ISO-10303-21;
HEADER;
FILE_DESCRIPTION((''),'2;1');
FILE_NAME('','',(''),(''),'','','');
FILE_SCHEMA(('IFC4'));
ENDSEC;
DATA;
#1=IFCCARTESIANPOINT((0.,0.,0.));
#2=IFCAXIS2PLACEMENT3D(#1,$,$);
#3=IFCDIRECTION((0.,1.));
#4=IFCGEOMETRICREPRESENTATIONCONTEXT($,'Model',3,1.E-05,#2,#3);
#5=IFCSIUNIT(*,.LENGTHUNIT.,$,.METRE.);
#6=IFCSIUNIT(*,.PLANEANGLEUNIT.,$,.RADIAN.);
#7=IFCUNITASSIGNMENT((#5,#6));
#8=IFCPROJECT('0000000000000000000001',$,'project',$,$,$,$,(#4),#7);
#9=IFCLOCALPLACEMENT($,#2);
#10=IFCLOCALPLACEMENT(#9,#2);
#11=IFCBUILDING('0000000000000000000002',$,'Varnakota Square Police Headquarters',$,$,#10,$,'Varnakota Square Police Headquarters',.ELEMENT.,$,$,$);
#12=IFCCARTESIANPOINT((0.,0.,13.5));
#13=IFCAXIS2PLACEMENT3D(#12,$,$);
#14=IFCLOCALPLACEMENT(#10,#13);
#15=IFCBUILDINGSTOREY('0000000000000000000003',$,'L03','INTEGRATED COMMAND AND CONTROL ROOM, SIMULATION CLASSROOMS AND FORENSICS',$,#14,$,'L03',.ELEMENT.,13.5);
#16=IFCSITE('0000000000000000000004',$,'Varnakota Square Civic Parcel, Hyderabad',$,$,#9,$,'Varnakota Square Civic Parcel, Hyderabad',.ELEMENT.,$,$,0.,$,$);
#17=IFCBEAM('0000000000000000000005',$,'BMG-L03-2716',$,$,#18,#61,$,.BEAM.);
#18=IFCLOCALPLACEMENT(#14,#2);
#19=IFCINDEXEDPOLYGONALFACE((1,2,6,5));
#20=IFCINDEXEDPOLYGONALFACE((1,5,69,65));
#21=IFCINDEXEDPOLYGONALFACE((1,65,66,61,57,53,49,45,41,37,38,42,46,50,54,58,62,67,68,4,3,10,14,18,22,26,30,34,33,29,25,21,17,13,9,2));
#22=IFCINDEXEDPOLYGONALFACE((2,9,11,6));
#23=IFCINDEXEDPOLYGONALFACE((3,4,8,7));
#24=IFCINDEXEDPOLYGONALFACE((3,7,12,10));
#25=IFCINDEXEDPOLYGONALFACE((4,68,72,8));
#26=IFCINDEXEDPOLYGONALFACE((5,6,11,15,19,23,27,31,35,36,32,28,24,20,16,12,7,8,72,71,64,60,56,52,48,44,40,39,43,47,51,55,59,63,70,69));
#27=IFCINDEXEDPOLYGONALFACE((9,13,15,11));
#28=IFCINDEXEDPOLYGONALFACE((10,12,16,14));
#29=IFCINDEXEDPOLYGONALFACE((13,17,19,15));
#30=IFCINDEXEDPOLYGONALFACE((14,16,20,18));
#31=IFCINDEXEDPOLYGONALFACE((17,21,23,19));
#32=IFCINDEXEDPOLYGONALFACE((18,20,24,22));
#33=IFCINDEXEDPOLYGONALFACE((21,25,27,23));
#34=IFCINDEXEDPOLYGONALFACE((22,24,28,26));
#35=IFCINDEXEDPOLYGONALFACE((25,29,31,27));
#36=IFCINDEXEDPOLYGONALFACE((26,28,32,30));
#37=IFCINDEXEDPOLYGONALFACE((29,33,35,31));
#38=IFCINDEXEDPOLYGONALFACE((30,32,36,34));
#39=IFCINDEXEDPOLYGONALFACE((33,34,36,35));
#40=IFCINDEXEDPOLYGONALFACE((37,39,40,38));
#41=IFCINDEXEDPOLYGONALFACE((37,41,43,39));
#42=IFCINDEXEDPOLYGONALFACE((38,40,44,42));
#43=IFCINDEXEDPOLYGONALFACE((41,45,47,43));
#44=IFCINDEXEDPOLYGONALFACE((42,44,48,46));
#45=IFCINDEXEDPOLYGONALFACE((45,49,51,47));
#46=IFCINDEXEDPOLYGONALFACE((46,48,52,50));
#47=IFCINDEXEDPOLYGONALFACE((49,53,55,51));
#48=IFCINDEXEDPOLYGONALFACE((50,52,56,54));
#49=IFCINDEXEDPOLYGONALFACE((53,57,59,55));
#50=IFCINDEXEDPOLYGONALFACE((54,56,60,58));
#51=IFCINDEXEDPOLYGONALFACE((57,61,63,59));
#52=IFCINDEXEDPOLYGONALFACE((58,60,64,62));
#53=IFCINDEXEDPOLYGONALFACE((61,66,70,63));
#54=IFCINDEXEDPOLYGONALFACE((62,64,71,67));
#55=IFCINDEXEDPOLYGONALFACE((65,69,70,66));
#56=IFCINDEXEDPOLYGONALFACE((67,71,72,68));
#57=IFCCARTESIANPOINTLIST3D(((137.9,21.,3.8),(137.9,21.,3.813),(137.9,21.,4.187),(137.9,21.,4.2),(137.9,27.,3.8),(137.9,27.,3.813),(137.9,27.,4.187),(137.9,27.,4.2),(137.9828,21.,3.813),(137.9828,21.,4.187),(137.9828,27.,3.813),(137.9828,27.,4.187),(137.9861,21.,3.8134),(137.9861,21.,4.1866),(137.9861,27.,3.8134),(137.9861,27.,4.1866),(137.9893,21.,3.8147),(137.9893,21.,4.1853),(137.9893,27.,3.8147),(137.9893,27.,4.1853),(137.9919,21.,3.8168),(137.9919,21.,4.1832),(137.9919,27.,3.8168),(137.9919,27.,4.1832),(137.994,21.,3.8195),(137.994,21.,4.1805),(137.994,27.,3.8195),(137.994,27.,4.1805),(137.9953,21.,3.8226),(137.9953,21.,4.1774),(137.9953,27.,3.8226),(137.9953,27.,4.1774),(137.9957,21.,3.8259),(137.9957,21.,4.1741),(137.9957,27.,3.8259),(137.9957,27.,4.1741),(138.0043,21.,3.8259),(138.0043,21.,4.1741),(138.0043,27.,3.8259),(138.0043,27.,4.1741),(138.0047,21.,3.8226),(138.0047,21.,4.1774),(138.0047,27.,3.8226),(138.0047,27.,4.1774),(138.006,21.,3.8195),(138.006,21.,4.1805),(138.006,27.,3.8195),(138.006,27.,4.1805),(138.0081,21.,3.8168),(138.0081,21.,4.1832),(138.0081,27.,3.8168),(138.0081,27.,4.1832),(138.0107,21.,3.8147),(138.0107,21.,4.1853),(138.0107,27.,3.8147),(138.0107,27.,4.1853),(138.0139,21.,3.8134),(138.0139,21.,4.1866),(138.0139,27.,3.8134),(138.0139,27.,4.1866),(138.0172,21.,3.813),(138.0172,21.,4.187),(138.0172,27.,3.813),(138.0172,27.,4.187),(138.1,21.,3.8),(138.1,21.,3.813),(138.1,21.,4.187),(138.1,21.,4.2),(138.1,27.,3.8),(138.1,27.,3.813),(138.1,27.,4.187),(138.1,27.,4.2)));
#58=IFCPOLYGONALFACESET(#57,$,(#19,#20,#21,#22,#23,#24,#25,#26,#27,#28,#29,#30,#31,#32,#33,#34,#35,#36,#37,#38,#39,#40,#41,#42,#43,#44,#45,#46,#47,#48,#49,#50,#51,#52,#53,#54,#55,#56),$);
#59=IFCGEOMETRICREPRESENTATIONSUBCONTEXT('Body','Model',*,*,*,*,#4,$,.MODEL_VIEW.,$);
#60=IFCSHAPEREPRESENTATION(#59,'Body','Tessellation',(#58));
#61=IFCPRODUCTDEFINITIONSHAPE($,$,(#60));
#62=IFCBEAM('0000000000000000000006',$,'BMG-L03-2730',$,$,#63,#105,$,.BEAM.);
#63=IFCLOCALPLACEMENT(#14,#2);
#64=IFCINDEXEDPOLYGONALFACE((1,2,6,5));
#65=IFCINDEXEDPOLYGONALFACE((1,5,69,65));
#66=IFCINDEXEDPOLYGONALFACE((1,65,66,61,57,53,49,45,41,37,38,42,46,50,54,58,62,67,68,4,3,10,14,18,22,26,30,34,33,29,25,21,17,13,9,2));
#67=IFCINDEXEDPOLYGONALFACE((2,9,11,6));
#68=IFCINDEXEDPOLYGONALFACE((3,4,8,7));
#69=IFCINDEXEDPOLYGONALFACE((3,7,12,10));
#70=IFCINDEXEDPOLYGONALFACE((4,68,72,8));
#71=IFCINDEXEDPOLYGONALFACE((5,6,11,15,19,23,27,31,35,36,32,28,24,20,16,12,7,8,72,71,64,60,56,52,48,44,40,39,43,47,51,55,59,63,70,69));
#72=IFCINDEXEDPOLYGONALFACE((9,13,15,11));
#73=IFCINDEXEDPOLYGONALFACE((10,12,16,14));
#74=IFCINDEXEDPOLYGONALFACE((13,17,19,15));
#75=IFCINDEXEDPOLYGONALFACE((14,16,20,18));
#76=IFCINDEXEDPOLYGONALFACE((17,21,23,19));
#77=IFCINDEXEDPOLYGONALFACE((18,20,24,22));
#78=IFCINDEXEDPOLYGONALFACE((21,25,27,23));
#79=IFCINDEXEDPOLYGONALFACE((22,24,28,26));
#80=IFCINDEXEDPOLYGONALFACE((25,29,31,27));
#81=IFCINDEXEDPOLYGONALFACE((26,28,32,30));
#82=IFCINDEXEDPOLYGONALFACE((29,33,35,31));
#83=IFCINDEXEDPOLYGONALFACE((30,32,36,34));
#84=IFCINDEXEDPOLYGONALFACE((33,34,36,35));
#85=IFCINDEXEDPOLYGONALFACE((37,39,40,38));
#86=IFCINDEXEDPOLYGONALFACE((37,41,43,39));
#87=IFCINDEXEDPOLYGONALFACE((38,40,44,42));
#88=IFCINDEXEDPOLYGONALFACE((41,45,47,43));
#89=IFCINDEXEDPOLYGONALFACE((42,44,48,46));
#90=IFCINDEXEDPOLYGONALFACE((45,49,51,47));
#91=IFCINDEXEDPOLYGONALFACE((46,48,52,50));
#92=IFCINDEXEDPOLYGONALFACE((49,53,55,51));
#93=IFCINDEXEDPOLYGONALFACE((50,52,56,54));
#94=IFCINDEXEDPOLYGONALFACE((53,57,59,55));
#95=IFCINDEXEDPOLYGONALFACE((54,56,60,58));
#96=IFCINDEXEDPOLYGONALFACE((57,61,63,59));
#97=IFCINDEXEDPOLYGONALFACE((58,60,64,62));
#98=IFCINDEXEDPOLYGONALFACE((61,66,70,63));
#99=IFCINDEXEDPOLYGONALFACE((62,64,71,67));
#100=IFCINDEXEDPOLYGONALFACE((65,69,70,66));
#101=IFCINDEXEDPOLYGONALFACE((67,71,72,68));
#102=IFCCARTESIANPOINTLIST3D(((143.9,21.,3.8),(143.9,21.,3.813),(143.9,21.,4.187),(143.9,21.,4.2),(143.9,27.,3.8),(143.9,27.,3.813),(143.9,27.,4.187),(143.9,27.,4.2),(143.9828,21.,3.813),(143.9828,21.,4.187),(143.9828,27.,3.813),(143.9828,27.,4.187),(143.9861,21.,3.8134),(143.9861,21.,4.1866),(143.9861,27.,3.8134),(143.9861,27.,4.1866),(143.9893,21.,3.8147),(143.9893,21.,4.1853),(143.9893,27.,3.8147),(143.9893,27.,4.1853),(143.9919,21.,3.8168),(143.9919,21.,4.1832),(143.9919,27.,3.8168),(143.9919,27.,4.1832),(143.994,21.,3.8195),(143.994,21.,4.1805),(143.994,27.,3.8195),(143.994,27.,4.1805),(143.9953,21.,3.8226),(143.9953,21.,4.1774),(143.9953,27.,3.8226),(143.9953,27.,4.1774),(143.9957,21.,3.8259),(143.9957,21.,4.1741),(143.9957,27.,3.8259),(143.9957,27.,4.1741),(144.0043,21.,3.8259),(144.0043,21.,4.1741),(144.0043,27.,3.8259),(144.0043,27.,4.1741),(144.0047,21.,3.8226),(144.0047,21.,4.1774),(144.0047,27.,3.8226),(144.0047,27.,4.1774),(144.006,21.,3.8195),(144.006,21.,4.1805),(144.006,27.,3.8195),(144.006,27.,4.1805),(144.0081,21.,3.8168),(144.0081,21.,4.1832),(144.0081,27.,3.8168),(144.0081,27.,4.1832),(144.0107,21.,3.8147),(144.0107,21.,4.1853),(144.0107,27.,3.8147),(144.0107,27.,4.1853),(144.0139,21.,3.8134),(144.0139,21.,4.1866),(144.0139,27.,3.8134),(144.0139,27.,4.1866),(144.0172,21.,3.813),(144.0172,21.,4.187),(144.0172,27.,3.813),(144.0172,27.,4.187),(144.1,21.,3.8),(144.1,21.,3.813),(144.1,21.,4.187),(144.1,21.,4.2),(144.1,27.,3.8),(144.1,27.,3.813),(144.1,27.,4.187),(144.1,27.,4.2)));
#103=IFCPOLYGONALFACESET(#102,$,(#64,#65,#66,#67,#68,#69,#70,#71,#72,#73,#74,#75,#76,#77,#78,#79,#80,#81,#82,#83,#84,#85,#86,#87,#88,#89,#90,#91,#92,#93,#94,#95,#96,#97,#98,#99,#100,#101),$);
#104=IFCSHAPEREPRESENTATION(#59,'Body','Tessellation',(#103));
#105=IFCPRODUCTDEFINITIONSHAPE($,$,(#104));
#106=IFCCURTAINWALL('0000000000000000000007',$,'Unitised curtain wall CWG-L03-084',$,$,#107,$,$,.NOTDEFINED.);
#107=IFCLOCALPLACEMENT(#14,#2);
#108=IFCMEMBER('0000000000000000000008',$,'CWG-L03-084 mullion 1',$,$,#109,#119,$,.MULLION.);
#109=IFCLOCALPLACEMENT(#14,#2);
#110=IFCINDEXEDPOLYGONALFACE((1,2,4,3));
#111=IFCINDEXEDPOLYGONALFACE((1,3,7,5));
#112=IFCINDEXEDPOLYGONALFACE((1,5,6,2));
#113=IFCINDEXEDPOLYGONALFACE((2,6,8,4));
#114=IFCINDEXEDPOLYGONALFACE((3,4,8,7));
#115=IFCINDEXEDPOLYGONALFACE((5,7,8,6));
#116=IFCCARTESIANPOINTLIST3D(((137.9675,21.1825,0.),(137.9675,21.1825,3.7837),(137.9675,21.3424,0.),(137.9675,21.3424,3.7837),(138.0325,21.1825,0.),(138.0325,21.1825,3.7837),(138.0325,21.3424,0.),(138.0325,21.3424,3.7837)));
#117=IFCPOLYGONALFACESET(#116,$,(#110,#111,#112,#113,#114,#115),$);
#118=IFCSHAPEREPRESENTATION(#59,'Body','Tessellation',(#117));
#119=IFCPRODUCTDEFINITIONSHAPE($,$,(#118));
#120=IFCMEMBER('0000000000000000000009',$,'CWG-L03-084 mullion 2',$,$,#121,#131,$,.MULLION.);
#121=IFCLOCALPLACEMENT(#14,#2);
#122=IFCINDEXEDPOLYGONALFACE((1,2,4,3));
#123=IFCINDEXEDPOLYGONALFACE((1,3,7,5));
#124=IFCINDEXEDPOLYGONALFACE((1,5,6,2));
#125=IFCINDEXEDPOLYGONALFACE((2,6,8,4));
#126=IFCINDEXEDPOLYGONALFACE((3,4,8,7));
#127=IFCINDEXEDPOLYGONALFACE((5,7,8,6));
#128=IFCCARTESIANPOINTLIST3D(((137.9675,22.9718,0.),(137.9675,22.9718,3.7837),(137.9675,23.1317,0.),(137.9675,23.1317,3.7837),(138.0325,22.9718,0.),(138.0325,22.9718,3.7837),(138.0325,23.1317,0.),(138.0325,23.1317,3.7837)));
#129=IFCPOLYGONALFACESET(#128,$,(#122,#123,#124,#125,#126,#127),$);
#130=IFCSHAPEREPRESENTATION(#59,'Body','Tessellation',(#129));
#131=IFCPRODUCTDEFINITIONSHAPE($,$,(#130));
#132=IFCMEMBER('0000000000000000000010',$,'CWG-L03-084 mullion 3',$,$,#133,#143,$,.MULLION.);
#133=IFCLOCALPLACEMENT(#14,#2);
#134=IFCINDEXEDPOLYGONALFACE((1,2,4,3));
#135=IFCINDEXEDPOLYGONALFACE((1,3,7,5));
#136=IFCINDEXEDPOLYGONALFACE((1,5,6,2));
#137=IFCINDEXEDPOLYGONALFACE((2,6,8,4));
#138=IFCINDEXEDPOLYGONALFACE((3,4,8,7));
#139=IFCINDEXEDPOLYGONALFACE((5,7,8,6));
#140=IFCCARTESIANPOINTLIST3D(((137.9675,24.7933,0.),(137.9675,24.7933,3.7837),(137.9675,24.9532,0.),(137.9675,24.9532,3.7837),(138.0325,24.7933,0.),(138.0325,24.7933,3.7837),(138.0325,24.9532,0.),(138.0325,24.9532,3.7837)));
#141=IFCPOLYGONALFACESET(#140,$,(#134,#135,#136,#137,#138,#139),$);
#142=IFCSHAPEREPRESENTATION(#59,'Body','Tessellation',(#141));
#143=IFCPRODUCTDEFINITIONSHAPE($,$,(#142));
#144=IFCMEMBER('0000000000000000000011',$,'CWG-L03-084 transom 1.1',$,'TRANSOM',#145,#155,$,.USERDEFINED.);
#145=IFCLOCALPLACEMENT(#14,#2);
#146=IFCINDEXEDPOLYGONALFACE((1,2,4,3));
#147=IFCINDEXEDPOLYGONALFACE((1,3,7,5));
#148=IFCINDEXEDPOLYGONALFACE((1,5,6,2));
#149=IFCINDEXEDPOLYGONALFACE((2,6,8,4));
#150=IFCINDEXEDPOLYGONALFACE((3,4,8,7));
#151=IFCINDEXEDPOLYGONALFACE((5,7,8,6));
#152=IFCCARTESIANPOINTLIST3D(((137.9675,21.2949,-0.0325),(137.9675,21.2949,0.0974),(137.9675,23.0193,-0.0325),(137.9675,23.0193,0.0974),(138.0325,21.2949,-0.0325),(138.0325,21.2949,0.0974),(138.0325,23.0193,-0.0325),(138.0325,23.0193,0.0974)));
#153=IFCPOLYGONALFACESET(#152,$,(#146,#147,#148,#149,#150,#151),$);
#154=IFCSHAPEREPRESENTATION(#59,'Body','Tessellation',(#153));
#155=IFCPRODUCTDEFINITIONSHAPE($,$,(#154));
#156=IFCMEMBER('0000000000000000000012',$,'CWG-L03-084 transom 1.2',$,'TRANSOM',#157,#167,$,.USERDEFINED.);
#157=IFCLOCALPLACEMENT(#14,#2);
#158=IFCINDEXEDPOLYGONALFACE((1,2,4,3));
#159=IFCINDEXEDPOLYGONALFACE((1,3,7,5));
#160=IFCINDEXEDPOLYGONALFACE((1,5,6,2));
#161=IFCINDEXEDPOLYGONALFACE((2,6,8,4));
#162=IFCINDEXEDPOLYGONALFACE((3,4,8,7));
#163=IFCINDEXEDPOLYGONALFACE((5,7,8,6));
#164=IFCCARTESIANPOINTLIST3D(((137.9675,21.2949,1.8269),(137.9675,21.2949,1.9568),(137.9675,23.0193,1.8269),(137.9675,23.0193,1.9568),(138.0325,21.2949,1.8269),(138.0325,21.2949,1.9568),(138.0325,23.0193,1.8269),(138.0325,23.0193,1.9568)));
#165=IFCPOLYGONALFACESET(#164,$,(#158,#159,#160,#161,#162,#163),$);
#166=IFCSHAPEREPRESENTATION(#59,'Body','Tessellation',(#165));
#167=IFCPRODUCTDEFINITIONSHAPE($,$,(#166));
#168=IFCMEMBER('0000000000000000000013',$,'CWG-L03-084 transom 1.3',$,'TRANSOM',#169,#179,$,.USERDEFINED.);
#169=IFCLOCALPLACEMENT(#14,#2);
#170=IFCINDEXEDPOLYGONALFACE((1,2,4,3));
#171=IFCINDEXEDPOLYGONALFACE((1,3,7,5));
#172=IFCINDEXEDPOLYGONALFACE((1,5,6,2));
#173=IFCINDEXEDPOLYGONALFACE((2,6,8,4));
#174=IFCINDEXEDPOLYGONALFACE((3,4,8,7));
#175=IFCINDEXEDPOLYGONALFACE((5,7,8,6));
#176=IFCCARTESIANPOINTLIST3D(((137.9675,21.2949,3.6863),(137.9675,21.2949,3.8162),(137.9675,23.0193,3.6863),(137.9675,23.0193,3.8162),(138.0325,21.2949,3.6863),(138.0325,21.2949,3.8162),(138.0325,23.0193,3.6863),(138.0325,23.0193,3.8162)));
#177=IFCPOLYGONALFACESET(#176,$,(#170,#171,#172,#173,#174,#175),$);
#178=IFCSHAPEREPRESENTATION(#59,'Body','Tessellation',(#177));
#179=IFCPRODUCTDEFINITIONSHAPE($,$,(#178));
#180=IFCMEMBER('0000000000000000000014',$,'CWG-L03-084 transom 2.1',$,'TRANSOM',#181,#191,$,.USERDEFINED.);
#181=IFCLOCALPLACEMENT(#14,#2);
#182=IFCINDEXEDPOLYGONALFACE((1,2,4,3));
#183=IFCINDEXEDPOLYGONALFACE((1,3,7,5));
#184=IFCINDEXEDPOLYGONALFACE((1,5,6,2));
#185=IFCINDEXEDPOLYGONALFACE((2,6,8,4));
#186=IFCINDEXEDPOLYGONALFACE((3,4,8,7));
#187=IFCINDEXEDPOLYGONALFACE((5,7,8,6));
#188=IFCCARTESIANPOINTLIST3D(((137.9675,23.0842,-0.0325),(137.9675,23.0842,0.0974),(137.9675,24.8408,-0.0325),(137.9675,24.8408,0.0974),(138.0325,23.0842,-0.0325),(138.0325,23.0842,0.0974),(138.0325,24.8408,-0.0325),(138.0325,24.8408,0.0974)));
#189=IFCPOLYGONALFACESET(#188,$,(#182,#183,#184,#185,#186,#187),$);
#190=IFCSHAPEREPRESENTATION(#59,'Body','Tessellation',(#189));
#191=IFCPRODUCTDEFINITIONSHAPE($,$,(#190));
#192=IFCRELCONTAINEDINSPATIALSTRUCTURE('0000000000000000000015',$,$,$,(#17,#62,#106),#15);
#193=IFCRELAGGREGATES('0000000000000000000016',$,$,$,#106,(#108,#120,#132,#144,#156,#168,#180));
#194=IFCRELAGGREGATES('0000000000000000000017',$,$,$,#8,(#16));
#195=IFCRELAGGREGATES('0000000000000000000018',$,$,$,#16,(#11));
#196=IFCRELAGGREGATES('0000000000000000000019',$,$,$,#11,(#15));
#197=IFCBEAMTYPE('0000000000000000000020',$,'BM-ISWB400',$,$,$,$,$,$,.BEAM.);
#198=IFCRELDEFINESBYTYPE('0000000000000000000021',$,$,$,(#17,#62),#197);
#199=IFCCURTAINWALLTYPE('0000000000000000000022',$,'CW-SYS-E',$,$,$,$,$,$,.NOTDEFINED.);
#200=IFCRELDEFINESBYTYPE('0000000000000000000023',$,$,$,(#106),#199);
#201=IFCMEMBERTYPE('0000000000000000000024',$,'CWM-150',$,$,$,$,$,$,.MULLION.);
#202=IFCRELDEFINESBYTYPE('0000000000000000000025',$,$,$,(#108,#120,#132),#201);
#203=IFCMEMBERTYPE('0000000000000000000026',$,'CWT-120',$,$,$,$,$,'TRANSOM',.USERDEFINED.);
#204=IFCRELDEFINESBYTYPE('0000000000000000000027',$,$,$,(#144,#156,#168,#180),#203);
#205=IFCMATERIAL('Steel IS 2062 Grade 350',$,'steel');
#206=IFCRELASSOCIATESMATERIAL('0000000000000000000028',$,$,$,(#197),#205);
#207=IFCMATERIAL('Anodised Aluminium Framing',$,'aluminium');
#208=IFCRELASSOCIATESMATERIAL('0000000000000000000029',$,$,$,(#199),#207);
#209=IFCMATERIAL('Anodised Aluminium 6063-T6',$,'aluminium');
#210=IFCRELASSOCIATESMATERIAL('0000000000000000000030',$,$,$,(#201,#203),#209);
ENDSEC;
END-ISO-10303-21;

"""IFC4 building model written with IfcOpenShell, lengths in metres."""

from ifc_helpers import new_model, si_unit, direction, frame, origin, origin_2d, place, context, subcontext, project, spatial, rectangle, i_section, extrude, material, material_profile, profile_set, type_object, element, aggregate, save


model = new_model("IFC4")

# Units and contexts
model_context = context("Model", 3, precision=1e-05, world=origin(), true_north=direction((0.0, 1.0)))
body_context = subcontext(model_context, "Body", "Model", "MODEL_VIEW")
ifc_project = project(units=[si_unit("LENGTHUNIT", "METRE"), si_unit("PLANEANGLEUNIT", "RADIAN")], contexts=[model_context])

# Site, building, storey
site_placement = place(None, origin())
site = spatial("IfcSite", under=ifc_project, at=site_placement, Name="Varnakota Square Civic Parcel, Hyderabad", LongName="Varnakota Square Civic Parcel, Hyderabad", CompositionType="ELEMENT", RefElevation=0.0)
building_placement = place(site_placement, origin())
building = spatial("IfcBuilding", under=site, at=building_placement, Name="Varnakota Square Police Headquarters", LongName="Varnakota Square Police Headquarters", CompositionType="ELEMENT")
storey_placement = place(building_placement, frame((0.0, 0.0, 13.5)))
storey = spatial("IfcBuildingStorey", under=building, at=storey_placement, Name="L03", Description="INTEGRATED COMMAND AND CONTROL ROOM, SIMULATION CLASSROOMS AND FORENSICS", LongName="L03", CompositionType="ELEMENT", Elevation=13.5)

# Shared definitions
ifc_material_1 = material(Name="Steel IS 2062 Grade 350", Category="steel")

# Beams
ifc_material_profile_1 = material_profile(ifc_material_1, i_section(OverallWidth=0.2, OverallDepth=0.3999, WebThickness=0.0085, FlangeThickness=0.0129, FilletRadius=0.0129, at=origin_2d()), Name="ISWB 400")
ifc_profile_set_1 = profile_set([ifc_material_profile_1], Name="Steel IS 2062 Grade 350")
beam_type_1 = type_object("IfcBeamType", Name="BM-ISWB400", PredefinedType="BEAM", material=ifc_profile_set_1)
for number, where, z_axis, x_axis, name in (
    (1, (138.0, 21.0, 4.0), (0.0, 1.0, 0.0), (-1.0, 0.0, 0.0), "BMG-L03-2716"),
    (2, (144.0, 21.0, 4.0), (0.0, 1.0, 0.0), (-1.0, 0.0, 0.0), "BMG-L03-2730"),
):
    element("IfcBeam", number, at=place(storey_placement, frame(where, z_axis=z_axis, x_axis=x_axis)), inside=storey, type_object=beam_type_1, Name=name, PredefinedType="BEAM", context=body_context, shape_type="SweptSolid", body=[
        extrude(i_section(OverallWidth=0.2, OverallDepth=0.3999, WebThickness=0.0085, FlangeThickness=0.0129, FilletRadius=0.0129, at=origin_2d()), origin(), (0.0, 0.0, 1.0), 6.0),
    ])

# Curtain wall, members
ifc_material_2 = material(Name="Anodised Aluminium Framing", Category="aluminium")
curtain_wall_type = type_object("IfcCurtainWallType", Name="CW-SYS-E", PredefinedType="NOTDEFINED", material=ifc_material_2)
curtain_wall_placement = place(storey_placement, origin())
curtain_wall = element("IfcCurtainWall", 3, at=curtain_wall_placement, inside=storey, type_object=curtain_wall_type, Name="Unitised curtain wall CWG-L03-084", PredefinedType="NOTDEFINED")
ifc_material_3 = material(Name="Anodised Aluminium 6063-T6", Category="aluminium")
ifc_material_profile_2 = material_profile(ifc_material_3, rectangle(XDim=0.0649, YDim=0.1599, at=origin_2d()), Name="ALU MULLION 65x160")
ifc_profile_set_2 = profile_set([ifc_material_profile_2], Name="Anodised Aluminium 6063-T6")
member_type_1 = type_object("IfcMemberType", Name="CWM-150", PredefinedType="MULLION", material=ifc_profile_set_2)
member_1_placement = place(storey_placement, frame((138.0, 21.2625, 0.0), z_axis=(0.0, 0.0, 1.0), x_axis=(-1.0, 0.0, 0.0)))
member_1 = element("IfcMember", 4, at=member_1_placement, type_object=member_type_1, Name="CWG-L03-084 mullion 1", PredefinedType="MULLION", context=body_context, shape_type="SweptSolid", body=[
    extrude(rectangle(XDim=0.0649, YDim=0.1599, at=origin_2d()), origin(), (0.0, 0.0, 1.0), 3.7837),
])
member_2_placement = place(storey_placement, frame((138.0, 23.0518, 0.0), z_axis=(0.0, 0.0, 1.0), x_axis=(-1.0, 0.0, 0.0)))
member_2 = element("IfcMember", 5, at=member_2_placement, type_object=member_type_1, Name="CWG-L03-084 mullion 2", PredefinedType="MULLION", context=body_context, shape_type="SweptSolid", body=[
    extrude(rectangle(XDim=0.0649, YDim=0.1599, at=origin_2d()), origin(), (0.0, 0.0, 1.0), 3.7837),
])
member_3_placement = place(storey_placement, frame((138.0, 24.8733, 0.0), z_axis=(0.0, 0.0, 1.0), x_axis=(-1.0, 0.0, 0.0)))
member_3 = element("IfcMember", 6, at=member_3_placement, type_object=member_type_1, Name="CWG-L03-084 mullion 3", PredefinedType="MULLION", context=body_context, shape_type="SweptSolid", body=[
    extrude(rectangle(XDim=0.0649, YDim=0.1599, at=origin_2d()), origin(), (0.0, 0.0, 1.0), 3.7837),
])
ifc_material_profile_3 = material_profile(ifc_material_3, rectangle(XDim=0.0649, YDim=0.1299, at=origin_2d()), Name="ALU TRANSOM 65x130")
ifc_profile_set_3 = profile_set([ifc_material_profile_3], Name="Anodised Aluminium 6063-T6")
member_type_2 = type_object("IfcMemberType", Name="CWT-120", ElementType="TRANSOM", PredefinedType="USERDEFINED", material=ifc_profile_set_3)
member_4_placement = place(storey_placement, frame((138.0, 21.2949, 0.0325), z_axis=(0.0, 1.0, 0.0), x_axis=(-1.0, 0.0, 0.0)))
member_4 = element("IfcMember", 7, at=member_4_placement, type_object=member_type_2, Name="CWG-L03-084 transom 1.1", ObjectType="TRANSOM", PredefinedType="USERDEFINED", context=body_context, shape_type="SweptSolid", body=[
    extrude(rectangle(XDim=0.0649, YDim=0.1299, at=origin_2d()), origin(), (0.0, 0.0, 1.0), 1.7244),
])
member_5_placement = place(storey_placement, frame((138.0, 21.2949, 1.8918), z_axis=(0.0, 1.0, 0.0), x_axis=(-1.0, 0.0, 0.0)))
member_5 = element("IfcMember", 8, at=member_5_placement, type_object=member_type_2, Name="CWG-L03-084 transom 1.2", ObjectType="TRANSOM", PredefinedType="USERDEFINED", context=body_context, shape_type="SweptSolid", body=[
    extrude(rectangle(XDim=0.0649, YDim=0.1299, at=origin_2d()), origin(), (0.0, 0.0, 1.0), 1.7244),
])
member_6_placement = place(storey_placement, frame((138.0, 21.2949, 3.7512), z_axis=(0.0, 1.0, 0.0), x_axis=(-1.0, 0.0, 0.0)))
member_6 = element("IfcMember", 9, at=member_6_placement, type_object=member_type_2, Name="CWG-L03-084 transom 1.3", ObjectType="TRANSOM", PredefinedType="USERDEFINED", context=body_context, shape_type="SweptSolid", body=[
    extrude(rectangle(XDim=0.0649, YDim=0.1299, at=origin_2d()), origin(), (0.0, 0.0, 1.0), 1.7244),
])
member_7_placement = place(storey_placement, frame((138.0, 23.0842, 0.0325), z_axis=(0.0, 1.0, 0.0), x_axis=(-1.0, 0.0, 0.0)))
member_7 = element("IfcMember", 10, at=member_7_placement, type_object=member_type_2, Name="CWG-L03-084 transom 2.1", ObjectType="TRANSOM", PredefinedType="USERDEFINED", context=body_context, shape_type="SweptSolid", body=[
    extrude(rectangle(XDim=0.0649, YDim=0.1299, at=origin_2d()), origin(), (0.0, 0.0, 1.0), 1.7566),
])

aggregate(curtain_wall, [member_1, member_2, member_3, member_4, member_5, member_6, member_7])

save(model, "model.ifc")
